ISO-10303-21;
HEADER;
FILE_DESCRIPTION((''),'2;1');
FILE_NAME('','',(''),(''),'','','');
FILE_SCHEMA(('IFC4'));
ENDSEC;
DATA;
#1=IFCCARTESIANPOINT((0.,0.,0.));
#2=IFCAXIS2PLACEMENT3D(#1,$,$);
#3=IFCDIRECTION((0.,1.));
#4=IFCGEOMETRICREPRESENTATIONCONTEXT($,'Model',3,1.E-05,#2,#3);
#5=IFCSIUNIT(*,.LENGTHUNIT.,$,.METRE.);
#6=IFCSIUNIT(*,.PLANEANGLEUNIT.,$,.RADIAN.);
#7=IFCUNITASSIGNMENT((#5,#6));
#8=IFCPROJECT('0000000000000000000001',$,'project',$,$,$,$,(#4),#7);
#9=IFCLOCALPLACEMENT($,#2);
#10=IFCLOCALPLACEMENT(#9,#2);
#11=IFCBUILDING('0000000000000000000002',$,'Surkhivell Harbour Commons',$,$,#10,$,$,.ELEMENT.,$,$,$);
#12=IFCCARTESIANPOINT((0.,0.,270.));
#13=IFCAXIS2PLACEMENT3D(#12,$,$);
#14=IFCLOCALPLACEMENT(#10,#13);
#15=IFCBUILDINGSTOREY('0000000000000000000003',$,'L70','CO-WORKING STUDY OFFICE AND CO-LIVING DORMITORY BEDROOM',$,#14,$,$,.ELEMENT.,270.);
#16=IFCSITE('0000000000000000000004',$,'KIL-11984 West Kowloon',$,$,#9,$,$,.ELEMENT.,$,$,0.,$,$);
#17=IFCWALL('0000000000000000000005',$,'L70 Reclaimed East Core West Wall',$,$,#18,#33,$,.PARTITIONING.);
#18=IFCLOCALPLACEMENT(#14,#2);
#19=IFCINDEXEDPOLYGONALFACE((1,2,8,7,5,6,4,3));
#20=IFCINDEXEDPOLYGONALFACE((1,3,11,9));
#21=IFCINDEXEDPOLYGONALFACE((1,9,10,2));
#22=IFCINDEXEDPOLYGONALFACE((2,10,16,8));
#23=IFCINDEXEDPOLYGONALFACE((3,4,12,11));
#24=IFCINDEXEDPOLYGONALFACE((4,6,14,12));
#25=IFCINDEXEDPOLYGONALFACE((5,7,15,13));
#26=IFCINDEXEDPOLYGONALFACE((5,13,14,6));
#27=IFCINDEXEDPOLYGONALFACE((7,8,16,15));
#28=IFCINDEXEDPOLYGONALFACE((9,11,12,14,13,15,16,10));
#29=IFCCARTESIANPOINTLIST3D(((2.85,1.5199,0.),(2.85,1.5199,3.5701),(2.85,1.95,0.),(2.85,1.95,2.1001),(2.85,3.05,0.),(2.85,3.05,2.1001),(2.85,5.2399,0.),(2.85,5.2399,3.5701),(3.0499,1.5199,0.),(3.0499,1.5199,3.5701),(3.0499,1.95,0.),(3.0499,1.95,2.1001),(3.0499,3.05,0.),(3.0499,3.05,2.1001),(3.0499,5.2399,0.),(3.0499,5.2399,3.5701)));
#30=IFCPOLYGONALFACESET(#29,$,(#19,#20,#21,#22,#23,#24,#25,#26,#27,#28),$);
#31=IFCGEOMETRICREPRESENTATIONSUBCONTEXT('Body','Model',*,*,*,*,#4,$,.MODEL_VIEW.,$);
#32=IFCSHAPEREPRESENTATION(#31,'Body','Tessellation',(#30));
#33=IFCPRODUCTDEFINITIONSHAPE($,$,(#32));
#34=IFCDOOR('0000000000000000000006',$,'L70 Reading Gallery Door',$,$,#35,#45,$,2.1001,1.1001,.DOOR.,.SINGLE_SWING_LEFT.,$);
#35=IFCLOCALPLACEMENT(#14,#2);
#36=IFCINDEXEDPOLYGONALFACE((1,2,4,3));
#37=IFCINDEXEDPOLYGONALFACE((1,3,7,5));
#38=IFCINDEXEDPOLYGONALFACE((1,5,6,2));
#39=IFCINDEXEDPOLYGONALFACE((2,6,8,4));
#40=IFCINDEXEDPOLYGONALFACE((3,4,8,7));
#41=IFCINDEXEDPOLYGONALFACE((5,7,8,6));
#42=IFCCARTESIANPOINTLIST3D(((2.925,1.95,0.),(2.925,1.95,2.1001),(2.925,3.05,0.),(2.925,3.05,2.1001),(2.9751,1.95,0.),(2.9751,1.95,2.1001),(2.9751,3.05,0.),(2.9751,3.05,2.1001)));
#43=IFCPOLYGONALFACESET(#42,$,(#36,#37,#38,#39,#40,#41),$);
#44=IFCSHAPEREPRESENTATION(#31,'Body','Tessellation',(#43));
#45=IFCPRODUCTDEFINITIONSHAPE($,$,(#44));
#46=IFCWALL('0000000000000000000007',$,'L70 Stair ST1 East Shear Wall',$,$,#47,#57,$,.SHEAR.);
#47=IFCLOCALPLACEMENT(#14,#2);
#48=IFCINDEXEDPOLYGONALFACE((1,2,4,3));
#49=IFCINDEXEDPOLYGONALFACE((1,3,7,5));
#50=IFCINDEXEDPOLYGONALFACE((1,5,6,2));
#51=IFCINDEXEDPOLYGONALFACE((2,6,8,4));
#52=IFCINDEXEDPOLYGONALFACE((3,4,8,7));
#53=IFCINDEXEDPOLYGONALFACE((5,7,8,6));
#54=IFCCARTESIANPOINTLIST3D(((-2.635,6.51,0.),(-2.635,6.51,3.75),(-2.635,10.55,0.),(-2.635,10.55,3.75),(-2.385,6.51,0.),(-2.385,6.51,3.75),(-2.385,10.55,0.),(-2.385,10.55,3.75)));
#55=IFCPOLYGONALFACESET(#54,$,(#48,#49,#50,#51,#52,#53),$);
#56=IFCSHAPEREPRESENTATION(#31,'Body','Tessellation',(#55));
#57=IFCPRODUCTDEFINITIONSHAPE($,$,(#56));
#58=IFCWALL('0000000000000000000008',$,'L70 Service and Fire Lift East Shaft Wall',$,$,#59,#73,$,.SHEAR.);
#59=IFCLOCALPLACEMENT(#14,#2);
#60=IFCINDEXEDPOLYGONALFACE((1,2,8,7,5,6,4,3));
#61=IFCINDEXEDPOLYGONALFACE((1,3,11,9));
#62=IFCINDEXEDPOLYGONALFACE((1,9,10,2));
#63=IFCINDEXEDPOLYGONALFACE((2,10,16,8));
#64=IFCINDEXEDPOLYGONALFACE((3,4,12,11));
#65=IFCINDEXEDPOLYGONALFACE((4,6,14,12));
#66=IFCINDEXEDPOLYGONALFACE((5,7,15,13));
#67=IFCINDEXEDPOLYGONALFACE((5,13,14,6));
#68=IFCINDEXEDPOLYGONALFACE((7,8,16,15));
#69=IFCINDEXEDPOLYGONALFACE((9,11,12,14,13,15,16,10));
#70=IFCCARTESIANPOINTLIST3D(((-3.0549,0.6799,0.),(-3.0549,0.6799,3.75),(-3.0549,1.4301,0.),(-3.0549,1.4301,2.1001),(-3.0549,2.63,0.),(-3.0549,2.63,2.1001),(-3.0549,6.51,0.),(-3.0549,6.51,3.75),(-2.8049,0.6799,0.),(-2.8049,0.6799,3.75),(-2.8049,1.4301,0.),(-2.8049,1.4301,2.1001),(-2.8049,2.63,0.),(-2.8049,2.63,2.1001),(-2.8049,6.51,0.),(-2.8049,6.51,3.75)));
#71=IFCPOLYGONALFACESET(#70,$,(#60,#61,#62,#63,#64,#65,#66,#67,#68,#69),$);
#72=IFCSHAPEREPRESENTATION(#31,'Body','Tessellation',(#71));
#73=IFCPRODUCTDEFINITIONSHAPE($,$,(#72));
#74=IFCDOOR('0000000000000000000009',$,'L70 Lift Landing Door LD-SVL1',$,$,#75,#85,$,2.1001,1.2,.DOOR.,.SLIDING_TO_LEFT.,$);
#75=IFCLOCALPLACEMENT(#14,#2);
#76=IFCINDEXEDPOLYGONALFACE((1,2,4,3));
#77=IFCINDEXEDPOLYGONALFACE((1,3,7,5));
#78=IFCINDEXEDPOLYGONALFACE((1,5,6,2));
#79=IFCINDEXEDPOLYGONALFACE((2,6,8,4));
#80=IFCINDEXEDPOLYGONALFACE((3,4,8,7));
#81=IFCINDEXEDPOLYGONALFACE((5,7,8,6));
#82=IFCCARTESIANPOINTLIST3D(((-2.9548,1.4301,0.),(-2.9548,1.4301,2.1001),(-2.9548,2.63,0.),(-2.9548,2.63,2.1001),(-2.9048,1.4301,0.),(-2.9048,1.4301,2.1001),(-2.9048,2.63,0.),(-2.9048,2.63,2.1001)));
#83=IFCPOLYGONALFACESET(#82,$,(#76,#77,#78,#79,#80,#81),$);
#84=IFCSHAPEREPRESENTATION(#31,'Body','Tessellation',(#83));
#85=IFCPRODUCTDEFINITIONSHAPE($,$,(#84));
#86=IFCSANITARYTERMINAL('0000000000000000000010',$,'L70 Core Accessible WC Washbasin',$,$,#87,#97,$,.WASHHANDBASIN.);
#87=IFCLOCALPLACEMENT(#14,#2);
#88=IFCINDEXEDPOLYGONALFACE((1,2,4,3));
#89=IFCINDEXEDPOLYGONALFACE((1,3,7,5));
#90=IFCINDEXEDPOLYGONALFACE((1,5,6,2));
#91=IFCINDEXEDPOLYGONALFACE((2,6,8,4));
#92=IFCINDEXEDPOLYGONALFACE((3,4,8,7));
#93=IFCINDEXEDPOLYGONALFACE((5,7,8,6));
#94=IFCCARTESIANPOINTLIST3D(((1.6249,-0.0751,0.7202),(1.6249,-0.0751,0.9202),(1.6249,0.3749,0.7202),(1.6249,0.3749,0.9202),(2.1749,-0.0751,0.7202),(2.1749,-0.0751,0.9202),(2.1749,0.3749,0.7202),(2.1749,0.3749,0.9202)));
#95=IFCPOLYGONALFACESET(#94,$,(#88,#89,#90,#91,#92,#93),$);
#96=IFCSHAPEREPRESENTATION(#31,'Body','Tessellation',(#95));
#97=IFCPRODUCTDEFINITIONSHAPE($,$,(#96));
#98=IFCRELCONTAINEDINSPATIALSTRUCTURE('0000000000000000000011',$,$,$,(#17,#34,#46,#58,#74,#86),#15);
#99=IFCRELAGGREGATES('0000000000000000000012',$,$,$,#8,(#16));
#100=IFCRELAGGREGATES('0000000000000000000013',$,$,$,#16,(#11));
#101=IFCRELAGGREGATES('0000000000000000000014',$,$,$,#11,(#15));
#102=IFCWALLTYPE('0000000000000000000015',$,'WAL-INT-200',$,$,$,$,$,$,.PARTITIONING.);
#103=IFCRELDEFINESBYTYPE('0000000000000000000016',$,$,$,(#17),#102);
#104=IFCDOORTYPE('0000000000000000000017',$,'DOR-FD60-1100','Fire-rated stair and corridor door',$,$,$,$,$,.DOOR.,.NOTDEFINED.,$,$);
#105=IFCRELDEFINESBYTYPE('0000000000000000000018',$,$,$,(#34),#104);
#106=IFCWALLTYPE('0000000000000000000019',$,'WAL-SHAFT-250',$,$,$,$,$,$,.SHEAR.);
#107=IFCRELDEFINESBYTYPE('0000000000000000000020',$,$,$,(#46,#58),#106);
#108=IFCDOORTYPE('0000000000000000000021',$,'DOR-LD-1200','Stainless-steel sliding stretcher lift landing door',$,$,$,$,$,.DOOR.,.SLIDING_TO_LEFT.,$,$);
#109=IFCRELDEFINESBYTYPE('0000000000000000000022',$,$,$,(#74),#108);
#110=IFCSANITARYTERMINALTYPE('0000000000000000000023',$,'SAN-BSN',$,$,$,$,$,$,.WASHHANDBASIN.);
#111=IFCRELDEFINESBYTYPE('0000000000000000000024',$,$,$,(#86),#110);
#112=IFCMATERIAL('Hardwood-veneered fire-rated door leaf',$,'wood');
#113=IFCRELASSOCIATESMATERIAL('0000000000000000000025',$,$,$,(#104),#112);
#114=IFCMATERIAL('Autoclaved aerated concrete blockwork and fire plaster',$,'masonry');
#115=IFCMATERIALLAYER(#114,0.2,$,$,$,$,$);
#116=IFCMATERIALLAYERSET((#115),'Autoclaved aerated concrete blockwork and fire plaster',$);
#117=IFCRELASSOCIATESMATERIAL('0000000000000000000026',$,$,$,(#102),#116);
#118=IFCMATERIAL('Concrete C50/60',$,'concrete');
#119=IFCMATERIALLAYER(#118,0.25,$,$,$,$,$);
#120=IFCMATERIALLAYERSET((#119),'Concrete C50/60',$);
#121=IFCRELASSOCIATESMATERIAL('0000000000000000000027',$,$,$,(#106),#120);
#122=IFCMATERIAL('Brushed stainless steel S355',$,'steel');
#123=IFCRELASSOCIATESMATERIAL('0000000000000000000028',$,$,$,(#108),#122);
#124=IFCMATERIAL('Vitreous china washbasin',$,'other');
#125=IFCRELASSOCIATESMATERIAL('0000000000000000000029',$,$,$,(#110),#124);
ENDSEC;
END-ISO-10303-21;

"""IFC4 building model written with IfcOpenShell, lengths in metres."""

from ifc_helpers import new_model, si_unit, direction, frame, frame_2d, origin, origin_2d, place, context, subcontext, project, spatial, rectangle, extrude, material, layer, layer_set, type_object, element, fill, save


model = new_model("IFC4")

# Units and contexts
model_context = context("Model", 3, precision=1e-05, world=origin(), true_north=direction((0.0, 1.0)))
body_context = subcontext(model_context, "Body", "Model", "MODEL_VIEW")
ifc_project = project(units=[si_unit("LENGTHUNIT", "METRE"), si_unit("PLANEANGLEUNIT", "RADIAN")], contexts=[model_context])

# Site, building, storey
site_placement = place(None, origin())
site = spatial("IfcSite", under=ifc_project, at=site_placement, Name="KIL-11984 West Kowloon", CompositionType="ELEMENT", RefElevation=0.0)
building_placement = place(site_placement, origin())
building = spatial("IfcBuilding", under=site, at=building_placement, Name="Surkhivell Harbour Commons", CompositionType="ELEMENT")
storey_placement = place(building_placement, frame((0.0, 0.0, 270.0)))
storey = spatial("IfcBuildingStorey", under=building, at=storey_placement, Name="L70", Description="CO-WORKING STUDY OFFICE AND CO-LIVING DORMITORY BEDROOM", CompositionType="ELEMENT", Elevation=270.0)

# Shared definitions
ifc_material_1 = material(Name="Concrete C50/60", Category="concrete")

# Shared definitions
ifc_material_2 = material(Name="Hardwood-veneered fire-rated door leaf", Category="wood")
door_type_1 = type_object("IfcDoorType", Name="DOR-FD60-1100", Description="Fire-rated stair and corridor door", OperationType="NOTDEFINED", PredefinedType="DOOR", material=ifc_material_2)

# Shared definitions
ifc_material_3 = material(Name="Autoclaved aerated concrete blockwork and fire plaster", Category="masonry")
ifc_layer_1 = layer(ifc_material_3, 0.2)
ifc_layer_set_1 = layer_set([ifc_layer_1], Name="Autoclaved aerated concrete blockwork and fire plaster")
wall_type_1 = type_object("IfcWallType", Name="WAL-INT-200", PredefinedType="PARTITIONING", material=ifc_layer_set_1)

# Wall, opening, door
wall_1_placement = place(storey_placement, frame((2.95, 1.52, 0.0), z_axis=(0.0, 0.0, 1.0), x_axis=(0.0, 1.0, 0.0)))
wall_1 = element("IfcWall", 1, at=wall_1_placement, inside=storey, type_object=wall_type_1, Name="L70 Reclaimed East Core West Wall", PredefinedType="PARTITIONING", context=body_context, shape_type="SweptSolid", body=[
    extrude(rectangle(XDim=3.72, YDim=0.2, at=frame_2d((1.8599, 0.0))), origin(), (0.0, 0.0, 1.0), 3.5701),
])
opening_1_placement = place(wall_1_placement, frame((0.4299, 0.0, 0.0)))
opening_1 = element("IfcOpeningElement", 2, at=opening_1_placement, cuts=wall_1, PredefinedType="OPENING", context=body_context, shape_type="SweptSolid", body=[
    extrude(rectangle(XDim=1.1001, YDim=2.1001, at=frame_2d((0.55, 1.05))), frame((0.0, 0.1099, 0.0), z_axis=(0.0, -1.0, 0.0), x_axis=(1.0, 0.0, 0.0)), (0.0, 0.0, 1.0), 0.22),
])
door_1_placement = place(opening_1_placement, origin())
door_1 = element("IfcDoor", 3, at=door_1_placement, inside=storey, type_object=door_type_1, Name="L70 Reading Gallery Door", OperationType="SINGLE_SWING_LEFT", OverallHeight=2.1001, OverallWidth=1.1001, PredefinedType="DOOR", context=body_context, shape_type="SweptSolid", body=[
    extrude(rectangle(XDim=1.1001, YDim=2.1001, at=frame_2d((0.55, 1.05))), frame((0.0, 0.0249, 0.0), z_axis=(0.0, -1.0, 0.0), x_axis=(1.0, 0.0, 0.0)), (0.0, 0.0, 1.0), 0.05),
])
fill(opening_1, door_1)

# Wall
ifc_layer_2 = layer(ifc_material_1, 0.25)
ifc_layer_set_2 = layer_set([ifc_layer_2], Name="Concrete C50/60")
wall_type_2 = type_object("IfcWallType", Name="WAL-SHAFT-250", PredefinedType="SHEAR", material=ifc_layer_set_2)
wall_2_placement = place(storey_placement, frame((-2.51, 6.51, 0.0), z_axis=(0.0, 0.0, 1.0), x_axis=(0.0, 1.0, 0.0)))
element("IfcWall", 4, at=wall_2_placement, inside=storey, type_object=wall_type_2, Name="L70 Stair ST1 East Shear Wall", PredefinedType="SHEAR", context=body_context, shape_type="SweptSolid", body=[
    extrude(rectangle(XDim=4.04, YDim=0.25, at=frame_2d((2.02, 0.0))), origin(), (0.0, 0.0, 1.0), 3.75),
])

# Wall, opening, door
wall_3_placement = place(storey_placement, frame((-2.9299, 0.6799, 0.0), z_axis=(0.0, 0.0, 1.0), x_axis=(0.0, 1.0, 0.0)))
wall_3 = element("IfcWall", 5, at=wall_3_placement, inside=storey, type_object=wall_type_2, Name="L70 Service and Fire Lift East Shaft Wall", PredefinedType="SHEAR", context=body_context, shape_type="SweptSolid", body=[
    extrude(rectangle(XDim=5.8301, YDim=0.25, at=frame_2d((2.915, 0.0))), origin(), (0.0, 0.0, 1.0), 3.75),
])
opening_2_placement = place(wall_3_placement, frame((0.75, 0.0, 0.0)))
opening_2 = element("IfcOpeningElement", 6, at=opening_2_placement, cuts=wall_3, PredefinedType="OPENING", context=body_context, shape_type="SweptSolid", body=[
    extrude(rectangle(XDim=1.2, YDim=2.1001, at=frame_2d((0.6001, 1.05))), frame((0.0, 0.135, 0.0), z_axis=(0.0, -1.0, 0.0), x_axis=(1.0, 0.0, 0.0)), (0.0, 0.0, 1.0), 0.27),
])
ifc_material_4 = material(Name="Brushed stainless steel S355", Category="steel")
door_type_2 = type_object("IfcDoorType", Name="DOR-LD-1200", Description="Stainless-steel sliding stretcher lift landing door", OperationType="SLIDING_TO_LEFT", PredefinedType="DOOR", material=ifc_material_4)
door_2_placement = place(opening_2_placement, origin())
door_2 = element("IfcDoor", 7, at=door_2_placement, inside=storey, type_object=door_type_2, Name="L70 Lift Landing Door LD-SVL1", OperationType="SLIDING_TO_LEFT", OverallHeight=2.1001, OverallWidth=1.2, PredefinedType="DOOR", context=body_context, shape_type="SweptSolid", body=[
    extrude(rectangle(XDim=1.2, YDim=2.1001, at=frame_2d((0.6001, 1.05))), frame((0.0, 0.0249, 0.0), z_axis=(0.0, -1.0, 0.0), x_axis=(1.0, 0.0, 0.0)), (0.0, 0.0, 1.0), 0.05),
])
fill(opening_2, door_2)

# Sanitary terminal
ifc_material_5 = material(Name="Vitreous china washbasin", Category="other")
sanitary_terminal_type = type_object("IfcSanitaryTerminalType", Name="SAN-BSN", PredefinedType="WASHHANDBASIN", material=ifc_material_5)
sanitary_terminal_placement = place(storey_placement, frame((1.8999, 0.1499, 0.7202), z_axis=(0.0, 0.0, 1.0), x_axis=(1.0, 0.0, 0.0)))
element("IfcSanitaryTerminal", 8, at=sanitary_terminal_placement, inside=storey, type_object=sanitary_terminal_type, Name="L70 Core Accessible WC Washbasin", PredefinedType="WASHHANDBASIN", context=body_context, shape_type="SweptSolid", body=[
    extrude(rectangle(XDim=0.55, YDim=0.45, at=origin_2d()), origin(), (0.0, 0.0, 1.0), 0.2),
])

save(model, "model.ifc")
